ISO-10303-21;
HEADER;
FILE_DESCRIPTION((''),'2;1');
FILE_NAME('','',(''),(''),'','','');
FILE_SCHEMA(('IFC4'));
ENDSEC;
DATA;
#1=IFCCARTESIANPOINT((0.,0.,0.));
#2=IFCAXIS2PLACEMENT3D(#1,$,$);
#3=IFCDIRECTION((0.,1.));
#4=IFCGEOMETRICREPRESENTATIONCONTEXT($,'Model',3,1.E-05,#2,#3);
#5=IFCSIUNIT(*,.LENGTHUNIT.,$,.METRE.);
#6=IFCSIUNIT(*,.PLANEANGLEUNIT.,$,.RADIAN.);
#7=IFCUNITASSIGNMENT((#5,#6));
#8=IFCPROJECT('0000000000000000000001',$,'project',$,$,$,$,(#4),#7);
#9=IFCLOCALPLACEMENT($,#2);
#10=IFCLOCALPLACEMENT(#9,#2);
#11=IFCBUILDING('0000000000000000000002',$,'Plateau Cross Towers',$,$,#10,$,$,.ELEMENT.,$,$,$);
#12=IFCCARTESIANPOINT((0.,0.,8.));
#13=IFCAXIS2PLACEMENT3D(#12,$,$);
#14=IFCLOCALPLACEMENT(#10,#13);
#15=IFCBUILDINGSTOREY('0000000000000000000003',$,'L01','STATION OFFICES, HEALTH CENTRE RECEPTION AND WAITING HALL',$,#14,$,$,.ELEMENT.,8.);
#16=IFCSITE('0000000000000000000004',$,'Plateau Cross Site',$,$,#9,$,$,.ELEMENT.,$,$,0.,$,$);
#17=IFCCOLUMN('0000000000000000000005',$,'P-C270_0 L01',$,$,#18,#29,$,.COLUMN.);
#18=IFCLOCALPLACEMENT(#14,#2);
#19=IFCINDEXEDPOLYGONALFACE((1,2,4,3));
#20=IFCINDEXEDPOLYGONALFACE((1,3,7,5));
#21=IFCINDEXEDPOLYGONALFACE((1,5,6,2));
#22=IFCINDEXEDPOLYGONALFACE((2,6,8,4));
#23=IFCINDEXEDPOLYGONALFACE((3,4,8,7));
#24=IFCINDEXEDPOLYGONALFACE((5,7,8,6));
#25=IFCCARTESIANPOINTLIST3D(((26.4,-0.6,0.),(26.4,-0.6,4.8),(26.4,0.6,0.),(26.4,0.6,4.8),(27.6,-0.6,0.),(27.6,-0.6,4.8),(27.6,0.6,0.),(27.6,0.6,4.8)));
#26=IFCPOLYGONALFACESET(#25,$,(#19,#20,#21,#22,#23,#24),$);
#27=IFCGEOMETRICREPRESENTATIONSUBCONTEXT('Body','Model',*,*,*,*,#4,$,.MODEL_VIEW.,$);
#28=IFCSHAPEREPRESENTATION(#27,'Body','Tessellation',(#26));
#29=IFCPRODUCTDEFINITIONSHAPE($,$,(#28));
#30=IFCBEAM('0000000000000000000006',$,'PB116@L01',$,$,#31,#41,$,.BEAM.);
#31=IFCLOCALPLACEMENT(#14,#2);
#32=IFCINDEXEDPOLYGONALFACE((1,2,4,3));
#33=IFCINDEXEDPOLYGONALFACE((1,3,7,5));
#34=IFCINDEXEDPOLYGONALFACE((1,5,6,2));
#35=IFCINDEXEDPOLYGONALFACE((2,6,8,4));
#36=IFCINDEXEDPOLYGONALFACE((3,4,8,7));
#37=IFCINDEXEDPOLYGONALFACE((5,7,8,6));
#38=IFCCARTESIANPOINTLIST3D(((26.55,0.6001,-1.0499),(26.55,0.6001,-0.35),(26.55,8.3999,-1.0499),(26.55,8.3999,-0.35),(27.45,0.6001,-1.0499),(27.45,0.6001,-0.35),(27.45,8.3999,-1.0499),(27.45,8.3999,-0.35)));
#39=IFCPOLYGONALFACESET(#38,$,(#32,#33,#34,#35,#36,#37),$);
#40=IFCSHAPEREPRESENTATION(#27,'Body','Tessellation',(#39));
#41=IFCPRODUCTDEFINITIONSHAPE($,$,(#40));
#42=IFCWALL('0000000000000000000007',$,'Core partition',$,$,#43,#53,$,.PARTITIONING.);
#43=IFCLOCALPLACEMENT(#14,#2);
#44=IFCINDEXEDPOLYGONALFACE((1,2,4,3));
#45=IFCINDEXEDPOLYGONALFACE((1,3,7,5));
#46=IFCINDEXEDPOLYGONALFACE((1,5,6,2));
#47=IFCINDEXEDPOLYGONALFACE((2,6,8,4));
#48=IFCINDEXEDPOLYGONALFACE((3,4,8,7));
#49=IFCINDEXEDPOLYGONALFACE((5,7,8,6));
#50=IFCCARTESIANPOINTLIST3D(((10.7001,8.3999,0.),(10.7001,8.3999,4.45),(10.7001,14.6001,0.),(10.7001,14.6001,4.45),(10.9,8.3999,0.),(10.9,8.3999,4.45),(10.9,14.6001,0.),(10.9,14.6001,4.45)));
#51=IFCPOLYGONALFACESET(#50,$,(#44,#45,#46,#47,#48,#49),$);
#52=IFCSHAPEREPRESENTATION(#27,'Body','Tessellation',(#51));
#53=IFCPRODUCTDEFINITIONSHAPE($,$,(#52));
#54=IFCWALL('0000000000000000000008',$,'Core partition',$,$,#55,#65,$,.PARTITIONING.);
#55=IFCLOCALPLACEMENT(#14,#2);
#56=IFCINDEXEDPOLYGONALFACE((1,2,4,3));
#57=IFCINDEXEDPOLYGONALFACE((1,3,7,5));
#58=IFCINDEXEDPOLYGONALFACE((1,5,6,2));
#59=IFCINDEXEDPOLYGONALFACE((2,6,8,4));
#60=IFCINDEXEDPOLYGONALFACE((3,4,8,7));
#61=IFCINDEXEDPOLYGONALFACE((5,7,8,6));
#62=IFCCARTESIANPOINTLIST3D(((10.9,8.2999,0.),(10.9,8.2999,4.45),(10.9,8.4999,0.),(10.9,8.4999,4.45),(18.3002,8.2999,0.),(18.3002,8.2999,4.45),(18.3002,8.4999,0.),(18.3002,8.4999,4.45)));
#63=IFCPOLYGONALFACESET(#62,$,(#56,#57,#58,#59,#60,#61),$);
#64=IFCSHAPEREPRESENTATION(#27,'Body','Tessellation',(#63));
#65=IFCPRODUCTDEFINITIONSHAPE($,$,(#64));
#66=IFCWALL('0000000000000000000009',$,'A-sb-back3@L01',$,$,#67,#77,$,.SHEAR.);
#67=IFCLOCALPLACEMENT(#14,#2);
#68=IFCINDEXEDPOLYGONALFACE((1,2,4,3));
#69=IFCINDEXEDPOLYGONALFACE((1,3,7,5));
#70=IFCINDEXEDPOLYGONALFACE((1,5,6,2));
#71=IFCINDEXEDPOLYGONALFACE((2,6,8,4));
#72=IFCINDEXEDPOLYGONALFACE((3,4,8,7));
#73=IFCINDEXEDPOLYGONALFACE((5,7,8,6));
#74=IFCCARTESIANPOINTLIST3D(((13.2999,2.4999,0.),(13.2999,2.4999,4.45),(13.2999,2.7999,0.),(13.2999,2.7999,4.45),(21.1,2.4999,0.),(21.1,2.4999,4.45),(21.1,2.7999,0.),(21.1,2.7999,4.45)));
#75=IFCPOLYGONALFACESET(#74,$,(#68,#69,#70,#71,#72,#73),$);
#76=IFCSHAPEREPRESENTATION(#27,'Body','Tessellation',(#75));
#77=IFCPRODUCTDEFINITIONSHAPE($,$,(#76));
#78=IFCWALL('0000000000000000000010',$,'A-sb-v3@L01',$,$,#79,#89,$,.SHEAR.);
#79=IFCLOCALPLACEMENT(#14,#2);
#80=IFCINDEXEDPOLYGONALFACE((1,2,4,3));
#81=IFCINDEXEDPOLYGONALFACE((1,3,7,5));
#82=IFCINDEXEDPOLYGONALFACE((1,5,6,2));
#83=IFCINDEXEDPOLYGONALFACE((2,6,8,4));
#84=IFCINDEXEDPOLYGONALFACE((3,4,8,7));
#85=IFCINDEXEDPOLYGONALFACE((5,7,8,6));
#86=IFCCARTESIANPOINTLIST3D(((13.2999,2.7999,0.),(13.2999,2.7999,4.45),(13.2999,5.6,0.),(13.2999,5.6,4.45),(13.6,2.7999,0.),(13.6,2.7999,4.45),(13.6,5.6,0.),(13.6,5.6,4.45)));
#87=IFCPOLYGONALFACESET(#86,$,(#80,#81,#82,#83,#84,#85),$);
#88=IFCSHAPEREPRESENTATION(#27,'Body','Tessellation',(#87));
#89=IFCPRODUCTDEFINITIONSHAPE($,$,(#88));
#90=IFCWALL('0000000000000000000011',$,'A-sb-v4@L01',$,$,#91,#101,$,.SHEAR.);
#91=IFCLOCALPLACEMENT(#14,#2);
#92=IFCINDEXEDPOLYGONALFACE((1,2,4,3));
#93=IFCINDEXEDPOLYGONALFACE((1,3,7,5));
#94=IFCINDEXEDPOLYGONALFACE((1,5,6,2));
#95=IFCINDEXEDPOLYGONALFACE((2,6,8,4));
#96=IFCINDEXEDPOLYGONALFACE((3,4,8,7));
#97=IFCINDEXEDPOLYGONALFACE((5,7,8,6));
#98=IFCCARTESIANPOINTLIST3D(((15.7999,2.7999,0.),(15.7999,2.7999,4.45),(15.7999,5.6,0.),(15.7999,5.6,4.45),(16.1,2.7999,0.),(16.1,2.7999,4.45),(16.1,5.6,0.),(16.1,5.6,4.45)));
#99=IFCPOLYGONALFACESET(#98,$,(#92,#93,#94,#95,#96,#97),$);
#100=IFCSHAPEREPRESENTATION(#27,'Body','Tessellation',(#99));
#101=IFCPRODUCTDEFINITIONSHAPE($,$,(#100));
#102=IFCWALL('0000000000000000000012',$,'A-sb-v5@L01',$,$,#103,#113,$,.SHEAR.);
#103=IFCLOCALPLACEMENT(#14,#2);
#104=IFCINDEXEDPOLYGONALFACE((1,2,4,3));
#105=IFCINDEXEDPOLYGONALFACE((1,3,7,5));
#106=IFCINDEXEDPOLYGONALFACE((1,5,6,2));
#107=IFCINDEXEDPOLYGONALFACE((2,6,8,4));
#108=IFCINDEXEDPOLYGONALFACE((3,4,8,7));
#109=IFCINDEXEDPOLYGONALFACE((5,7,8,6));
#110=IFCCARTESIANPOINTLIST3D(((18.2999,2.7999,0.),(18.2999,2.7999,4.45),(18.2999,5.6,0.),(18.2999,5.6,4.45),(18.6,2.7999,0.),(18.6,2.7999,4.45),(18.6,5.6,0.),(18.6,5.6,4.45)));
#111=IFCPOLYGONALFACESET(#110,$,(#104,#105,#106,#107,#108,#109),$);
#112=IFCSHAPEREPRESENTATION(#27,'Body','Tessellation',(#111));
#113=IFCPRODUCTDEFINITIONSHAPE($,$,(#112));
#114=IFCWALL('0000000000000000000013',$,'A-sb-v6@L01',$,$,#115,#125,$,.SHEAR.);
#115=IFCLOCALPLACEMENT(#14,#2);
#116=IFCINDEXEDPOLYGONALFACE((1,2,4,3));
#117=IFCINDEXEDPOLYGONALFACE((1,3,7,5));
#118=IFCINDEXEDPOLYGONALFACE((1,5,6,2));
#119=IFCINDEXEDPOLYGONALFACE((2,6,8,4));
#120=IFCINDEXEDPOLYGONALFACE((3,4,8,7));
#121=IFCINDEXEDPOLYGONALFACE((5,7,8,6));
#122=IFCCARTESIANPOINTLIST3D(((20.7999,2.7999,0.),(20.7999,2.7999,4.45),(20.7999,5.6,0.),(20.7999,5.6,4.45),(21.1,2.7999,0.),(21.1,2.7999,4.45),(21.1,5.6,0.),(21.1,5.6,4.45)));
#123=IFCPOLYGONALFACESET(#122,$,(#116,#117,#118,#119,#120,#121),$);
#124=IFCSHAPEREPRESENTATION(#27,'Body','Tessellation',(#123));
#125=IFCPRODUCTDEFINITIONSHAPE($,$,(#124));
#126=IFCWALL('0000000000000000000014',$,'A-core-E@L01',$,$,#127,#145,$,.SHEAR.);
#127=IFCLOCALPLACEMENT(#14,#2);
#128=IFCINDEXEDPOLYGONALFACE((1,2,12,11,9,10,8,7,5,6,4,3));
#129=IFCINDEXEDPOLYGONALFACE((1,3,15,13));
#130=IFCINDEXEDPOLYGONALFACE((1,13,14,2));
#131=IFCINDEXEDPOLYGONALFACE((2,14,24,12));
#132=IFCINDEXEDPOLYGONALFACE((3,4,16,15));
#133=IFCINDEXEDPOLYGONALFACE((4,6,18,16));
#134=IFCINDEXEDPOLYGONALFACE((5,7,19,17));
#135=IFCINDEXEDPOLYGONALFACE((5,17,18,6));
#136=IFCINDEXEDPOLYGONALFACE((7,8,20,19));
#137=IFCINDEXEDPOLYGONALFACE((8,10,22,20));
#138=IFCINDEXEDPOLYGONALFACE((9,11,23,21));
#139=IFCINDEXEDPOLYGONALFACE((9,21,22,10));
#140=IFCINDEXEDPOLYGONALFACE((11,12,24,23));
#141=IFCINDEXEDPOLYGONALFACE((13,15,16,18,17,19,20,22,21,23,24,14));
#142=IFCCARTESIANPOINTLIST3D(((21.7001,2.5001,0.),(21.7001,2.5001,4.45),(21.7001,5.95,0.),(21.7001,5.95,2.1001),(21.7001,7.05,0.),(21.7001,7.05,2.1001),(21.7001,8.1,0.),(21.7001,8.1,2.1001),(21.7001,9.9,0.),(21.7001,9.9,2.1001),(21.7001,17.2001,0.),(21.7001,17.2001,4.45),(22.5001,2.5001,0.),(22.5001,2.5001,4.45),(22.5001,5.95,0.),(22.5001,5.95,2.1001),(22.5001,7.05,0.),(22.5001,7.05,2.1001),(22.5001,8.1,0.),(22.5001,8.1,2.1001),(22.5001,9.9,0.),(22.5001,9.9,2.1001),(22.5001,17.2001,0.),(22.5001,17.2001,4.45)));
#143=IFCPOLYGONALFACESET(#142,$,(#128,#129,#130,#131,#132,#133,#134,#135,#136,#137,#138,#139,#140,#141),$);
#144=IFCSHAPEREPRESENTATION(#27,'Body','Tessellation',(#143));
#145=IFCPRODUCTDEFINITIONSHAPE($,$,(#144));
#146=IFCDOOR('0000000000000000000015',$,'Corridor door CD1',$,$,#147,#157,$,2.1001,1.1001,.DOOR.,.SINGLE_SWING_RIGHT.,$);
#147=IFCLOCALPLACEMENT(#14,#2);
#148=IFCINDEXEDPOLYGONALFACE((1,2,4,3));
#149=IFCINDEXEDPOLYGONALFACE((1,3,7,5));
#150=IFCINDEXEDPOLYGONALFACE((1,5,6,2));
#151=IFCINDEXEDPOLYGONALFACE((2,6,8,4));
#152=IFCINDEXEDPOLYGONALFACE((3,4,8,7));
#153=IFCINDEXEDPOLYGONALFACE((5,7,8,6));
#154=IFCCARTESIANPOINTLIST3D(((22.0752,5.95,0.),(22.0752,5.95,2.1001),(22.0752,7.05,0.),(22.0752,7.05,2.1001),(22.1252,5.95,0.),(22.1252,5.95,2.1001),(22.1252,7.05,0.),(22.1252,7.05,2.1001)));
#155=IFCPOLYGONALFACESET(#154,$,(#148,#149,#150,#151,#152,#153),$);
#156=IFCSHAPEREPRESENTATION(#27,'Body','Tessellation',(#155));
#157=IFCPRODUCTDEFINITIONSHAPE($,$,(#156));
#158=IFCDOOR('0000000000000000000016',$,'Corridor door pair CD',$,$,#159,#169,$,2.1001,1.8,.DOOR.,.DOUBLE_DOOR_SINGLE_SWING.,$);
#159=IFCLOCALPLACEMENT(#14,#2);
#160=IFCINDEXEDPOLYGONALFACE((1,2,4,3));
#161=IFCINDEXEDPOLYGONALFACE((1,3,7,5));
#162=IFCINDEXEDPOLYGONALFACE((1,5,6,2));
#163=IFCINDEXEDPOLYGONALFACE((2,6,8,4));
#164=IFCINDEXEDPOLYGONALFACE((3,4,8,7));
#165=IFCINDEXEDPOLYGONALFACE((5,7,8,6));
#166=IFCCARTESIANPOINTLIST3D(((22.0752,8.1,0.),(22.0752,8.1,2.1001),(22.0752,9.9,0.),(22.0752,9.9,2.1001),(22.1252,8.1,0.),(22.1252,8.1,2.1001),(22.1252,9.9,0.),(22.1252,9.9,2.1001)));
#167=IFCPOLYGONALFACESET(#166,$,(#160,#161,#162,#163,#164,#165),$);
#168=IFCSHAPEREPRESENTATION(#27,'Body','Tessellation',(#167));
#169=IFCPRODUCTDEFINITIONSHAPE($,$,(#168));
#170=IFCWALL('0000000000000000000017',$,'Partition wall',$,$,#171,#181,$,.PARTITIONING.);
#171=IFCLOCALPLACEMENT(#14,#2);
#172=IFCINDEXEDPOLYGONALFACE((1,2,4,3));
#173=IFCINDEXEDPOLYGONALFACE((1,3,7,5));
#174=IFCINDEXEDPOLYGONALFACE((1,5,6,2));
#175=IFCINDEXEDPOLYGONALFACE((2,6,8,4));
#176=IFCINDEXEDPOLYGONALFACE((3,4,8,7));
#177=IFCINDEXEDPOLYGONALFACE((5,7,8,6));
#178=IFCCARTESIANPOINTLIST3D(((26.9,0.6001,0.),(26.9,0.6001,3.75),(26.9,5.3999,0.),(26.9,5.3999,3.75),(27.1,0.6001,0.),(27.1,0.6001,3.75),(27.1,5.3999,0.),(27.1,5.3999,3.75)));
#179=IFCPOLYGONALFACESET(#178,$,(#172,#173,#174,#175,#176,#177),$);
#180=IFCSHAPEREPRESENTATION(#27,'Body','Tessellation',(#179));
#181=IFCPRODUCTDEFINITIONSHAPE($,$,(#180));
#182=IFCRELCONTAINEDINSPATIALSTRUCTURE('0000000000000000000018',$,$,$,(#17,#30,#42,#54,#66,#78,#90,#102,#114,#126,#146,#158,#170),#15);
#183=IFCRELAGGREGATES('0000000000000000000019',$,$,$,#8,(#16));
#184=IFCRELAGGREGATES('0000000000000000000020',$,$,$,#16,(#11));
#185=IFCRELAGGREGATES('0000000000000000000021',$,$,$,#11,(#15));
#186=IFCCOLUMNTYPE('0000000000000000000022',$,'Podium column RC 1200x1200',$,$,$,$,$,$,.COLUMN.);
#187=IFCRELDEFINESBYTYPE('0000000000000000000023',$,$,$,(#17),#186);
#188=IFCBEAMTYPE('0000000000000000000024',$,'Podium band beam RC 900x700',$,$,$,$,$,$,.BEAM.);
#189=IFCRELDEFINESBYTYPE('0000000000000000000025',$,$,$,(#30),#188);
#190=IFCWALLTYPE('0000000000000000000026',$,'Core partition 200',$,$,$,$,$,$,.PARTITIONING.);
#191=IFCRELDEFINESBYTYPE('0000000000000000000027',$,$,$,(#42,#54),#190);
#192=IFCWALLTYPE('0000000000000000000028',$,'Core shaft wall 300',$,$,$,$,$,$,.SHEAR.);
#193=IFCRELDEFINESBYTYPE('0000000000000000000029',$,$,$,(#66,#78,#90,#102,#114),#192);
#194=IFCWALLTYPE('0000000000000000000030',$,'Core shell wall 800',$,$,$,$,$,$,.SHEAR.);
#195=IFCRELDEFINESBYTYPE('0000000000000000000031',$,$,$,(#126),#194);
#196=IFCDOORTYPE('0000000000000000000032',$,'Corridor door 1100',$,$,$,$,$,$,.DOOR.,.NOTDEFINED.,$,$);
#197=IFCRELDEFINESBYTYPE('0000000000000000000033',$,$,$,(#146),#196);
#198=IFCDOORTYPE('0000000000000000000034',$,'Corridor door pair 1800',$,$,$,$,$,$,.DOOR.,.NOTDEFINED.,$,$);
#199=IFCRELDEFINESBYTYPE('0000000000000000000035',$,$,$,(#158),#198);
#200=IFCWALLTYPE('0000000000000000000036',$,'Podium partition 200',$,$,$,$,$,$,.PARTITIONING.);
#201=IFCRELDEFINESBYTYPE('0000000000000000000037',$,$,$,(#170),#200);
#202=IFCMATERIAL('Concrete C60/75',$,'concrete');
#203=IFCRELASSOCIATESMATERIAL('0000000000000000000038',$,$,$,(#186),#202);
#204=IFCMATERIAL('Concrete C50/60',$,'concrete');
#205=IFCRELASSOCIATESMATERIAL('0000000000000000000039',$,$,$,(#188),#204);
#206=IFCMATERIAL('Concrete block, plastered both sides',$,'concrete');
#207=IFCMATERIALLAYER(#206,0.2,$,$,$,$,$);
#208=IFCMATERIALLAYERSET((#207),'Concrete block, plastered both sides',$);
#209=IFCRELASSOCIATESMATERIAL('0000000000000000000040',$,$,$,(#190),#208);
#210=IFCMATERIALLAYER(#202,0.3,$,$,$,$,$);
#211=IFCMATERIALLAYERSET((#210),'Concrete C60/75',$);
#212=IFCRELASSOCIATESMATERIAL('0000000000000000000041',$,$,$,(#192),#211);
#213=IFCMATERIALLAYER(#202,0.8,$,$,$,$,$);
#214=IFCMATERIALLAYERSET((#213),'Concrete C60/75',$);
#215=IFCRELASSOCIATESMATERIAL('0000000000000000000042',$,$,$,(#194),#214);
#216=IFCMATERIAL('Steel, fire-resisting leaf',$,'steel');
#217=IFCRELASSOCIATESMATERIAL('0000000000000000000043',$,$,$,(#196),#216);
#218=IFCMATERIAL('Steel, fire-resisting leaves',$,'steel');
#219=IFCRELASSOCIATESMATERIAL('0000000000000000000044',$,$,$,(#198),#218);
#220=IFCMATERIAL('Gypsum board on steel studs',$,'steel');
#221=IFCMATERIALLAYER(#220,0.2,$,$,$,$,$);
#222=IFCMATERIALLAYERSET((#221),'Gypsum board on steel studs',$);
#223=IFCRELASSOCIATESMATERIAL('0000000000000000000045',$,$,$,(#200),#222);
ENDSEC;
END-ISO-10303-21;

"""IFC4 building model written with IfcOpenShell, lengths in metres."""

from ifc_helpers import new_model, si_unit, direction, frame, frame_2d, origin, origin_2d, place, context, subcontext, project, spatial, rectangle, extrude, material, layer, layer_set, material_profile, profile_set, type_object, element, fill, save


model = new_model("IFC4")

# Units and contexts
model_context = context("Model", 3, precision=1e-05, world=origin(), true_north=direction((0.0, 1.0)))
body_context = subcontext(model_context, "Body", "Model", "MODEL_VIEW")
ifc_project = project(units=[si_unit("LENGTHUNIT", "METRE"), si_unit("PLANEANGLEUNIT", "RADIAN")], contexts=[model_context])

# Site, building, storey
site_placement = place(None, origin())
site = spatial("IfcSite", under=ifc_project, at=site_placement, Name="Plateau Cross Site", CompositionType="ELEMENT", RefElevation=0.0)
building_placement = place(site_placement, origin())
building = spatial("IfcBuilding", under=site, at=building_placement, Name="Plateau Cross Towers", CompositionType="ELEMENT")
storey_placement = place(building_placement, frame((0.0, 0.0, 8.0)))
storey = spatial("IfcBuildingStorey", under=building, at=storey_placement, Name="L01", Description="STATION OFFICES, HEALTH CENTRE RECEPTION AND WAITING HALL", CompositionType="ELEMENT", Elevation=8.0)

# Column
ifc_material_1 = material(Name="Concrete C60/75", Category="concrete")
ifc_material_profile_1 = material_profile(ifc_material_1, rectangle(XDim=1.2, YDim=1.2, at=origin_2d()), Name="RC 1200x1200")
ifc_profile_set_1 = profile_set([ifc_material_profile_1], Name="Concrete C60/75")
column_type = type_object("IfcColumnType", Name="Podium column RC 1200x1200", PredefinedType="COLUMN", material=ifc_profile_set_1)
column_placement = place(storey_placement, frame((27.0, 0.0, 0.0), z_axis=(0.0, 0.0, 1.0), x_axis=(1.0, 0.0, 0.0)))
element("IfcColumn", 1, at=column_placement, inside=storey, type_object=column_type, Name="P-C270_0 L01", PredefinedType="COLUMN", context=body_context, shape_type="SweptSolid", body=[
    extrude(rectangle(XDim=1.2, YDim=1.2, at=origin_2d()), origin(), (0.0, 0.0, 1.0), 4.8),
])

# Beam
ifc_material_2 = material(Name="Concrete C50/60", Category="concrete")
ifc_material_profile_2 = material_profile(ifc_material_2, rectangle(XDim=0.8999, YDim=0.7, at=origin_2d()), Name="RC 900x700")
ifc_profile_set_2 = profile_set([ifc_material_profile_2], Name="Concrete C50/60")
beam_type = type_object("IfcBeamType", Name="Podium band beam RC 900x700", PredefinedType="BEAM", material=ifc_profile_set_2)
beam_placement = place(storey_placement, frame((27.0, 0.6001, -0.7), z_axis=(0.0, 1.0, 0.0), x_axis=(-1.0, 0.0, 0.0)))
element("IfcBeam", 2, at=beam_placement, inside=storey, type_object=beam_type, Name="PB116@L01", PredefinedType="BEAM", context=body_context, shape_type="SweptSolid", body=[
    extrude(rectangle(XDim=0.8999, YDim=0.7, at=origin_2d()), origin(), (0.0, 0.0, 1.0), 7.7998),
])

# Walls
ifc_material_3 = material(Name="Concrete block, plastered both sides", Category="concrete")
ifc_layer_1 = layer(ifc_material_3, 0.2)
ifc_layer_set_1 = layer_set([ifc_layer_1], Name="Concrete block, plastered both sides")
wall_type_1 = type_object("IfcWallType", Name="Core partition 200", PredefinedType="PARTITIONING", material=ifc_layer_set_1)
wall_1_placement = place(storey_placement, frame((10.8, 8.3999, 0.0), z_axis=(0.0, 0.0, 1.0), x_axis=(0.0, 1.0, 0.0)))
element("IfcWall", 3, at=wall_1_placement, inside=storey, type_object=wall_type_1, Name="Core partition", PredefinedType="PARTITIONING", context=body_context, shape_type="SweptSolid", body=[
    extrude(rectangle(XDim=6.2002, YDim=0.2, at=frame_2d((3.1001, 0.0))), origin(), (0.0, 0.0, 1.0), 4.45),
])
wall_2_placement = place(storey_placement, frame((10.8999, 8.3999, 0.0), z_axis=(0.0, 0.0, 1.0), x_axis=(1.0, 0.0, 0.0)))
element("IfcWall", 4, at=wall_2_placement, inside=storey, type_object=wall_type_1, Name="Core partition", PredefinedType="PARTITIONING", context=body_context, shape_type="SweptSolid", body=[
    extrude(rectangle(XDim=7.4001, YDim=0.2, at=frame_2d((3.7002, 0.0))), origin(), (0.0, 0.0, 1.0), 4.45),
])
ifc_layer_2 = layer(ifc_material_1, 0.3)
ifc_layer_set_2 = layer_set([ifc_layer_2], Name="Concrete C60/75")
wall_type_2 = type_object("IfcWallType", Name="Core shaft wall 300", PredefinedType="SHEAR", material=ifc_layer_set_2)
wall_3_placement = place(storey_placement, frame((13.3, 2.6499, 0.0), z_axis=(0.0, 0.0, 1.0), x_axis=(1.0, 0.0, 0.0)))
element("IfcWall", 5, at=wall_3_placement, inside=storey, type_object=wall_type_2, Name="A-sb-back3@L01", PredefinedType="SHEAR", context=body_context, shape_type="SweptSolid", body=[
    extrude(rectangle(XDim=7.8, YDim=0.3, at=frame_2d((3.8999, 0.0))), origin(), (0.0, 0.0, 1.0), 4.45),
])
for number, where, z_axis, x_axis, name in (
    (6, (13.45, 2.8, 0.0), (0.0, 0.0, 1.0), (0.0, 1.0, 0.0), "A-sb-v3@L01"),
    (7, (15.95, 2.8, 0.0), (0.0, 0.0, 1.0), (0.0, 1.0, 0.0), "A-sb-v4@L01"),
    (8, (18.45, 2.8, 0.0), (0.0, 0.0, 1.0), (0.0, 1.0, 0.0), "A-sb-v5@L01"),
    (9, (20.95, 2.8, 0.0), (0.0, 0.0, 1.0), (0.0, 1.0, 0.0), "A-sb-v6@L01"),
):
    element("IfcWall", number, at=place(storey_placement, frame(where, z_axis=z_axis, x_axis=x_axis)), inside=storey, type_object=wall_type_2, Name=name, PredefinedType="SHEAR", context=body_context, shape_type="SweptSolid", body=[
        extrude(rectangle(XDim=2.8, YDim=0.3, at=frame_2d((1.3999, 0.0))), origin(), (0.0, 0.0, 1.0), 4.45),
    ])

# Wall, openings, doors
ifc_layer_3 = layer(ifc_material_1, 0.8)
ifc_layer_set_3 = layer_set([ifc_layer_3], Name="Concrete C60/75")
wall_type_3 = type_object("IfcWallType", Name="Core shell wall 800", PredefinedType="SHEAR", material=ifc_layer_set_3)
wall_4_placement = place(storey_placement, frame((22.1001, 2.5, 0.0), z_axis=(0.0, 0.0, 1.0), x_axis=(0.0, 1.0, 0.0)))
wall_4 = element("IfcWall", 10, at=wall_4_placement, inside=storey, type_object=wall_type_3, Name="A-core-E@L01", PredefinedType="SHEAR", context=body_context, shape_type="SweptSolid", body=[
    extrude(rectangle(XDim=14.7, YDim=0.8, at=frame_2d((7.3501, 0.0))), origin(), (0.0, 0.0, 1.0), 4.45),
])
opening_1_placement = place(wall_4_placement, frame((5.6001, 0.0, 0.0)))
opening_1 = element("IfcOpeningElement", 11, at=opening_1_placement, cuts=wall_4, PredefinedType="OPENING", context=body_context, shape_type="SweptSolid", body=[
    extrude(rectangle(XDim=1.8, YDim=2.1001, at=frame_2d((0.8999, 1.05))), frame((0.0, 0.4099, 0.0), z_axis=(0.0, -1.0, 0.0), x_axis=(1.0, 0.0, 0.0)), (0.0, 0.0, 1.0), 0.8201),
])
opening_2_placement = place(wall_4_placement, frame((3.45, 0.0, 0.0)))
opening_2 = element("IfcOpeningElement", 12, at=opening_2_placement, cuts=wall_4, PredefinedType="OPENING", context=body_context, shape_type="SweptSolid", body=[
    extrude(rectangle(XDim=1.1001, YDim=2.1001, at=frame_2d((0.55, 1.05))), frame((0.0, 0.4099, 0.0), z_axis=(0.0, -1.0, 0.0), x_axis=(1.0, 0.0, 0.0)), (0.0, 0.0, 1.0), 0.8201),
])
ifc_material_4 = material(Name="Steel, fire-resisting leaf", Category="steel")
door_type_1 = type_object("IfcDoorType", Name="Corridor door 1100", OperationType="NOTDEFINED", PredefinedType="DOOR", material=ifc_material_4)
door_1_placement = place(opening_2_placement, origin())
door_1 = element("IfcDoor", 13, at=door_1_placement, inside=storey, type_object=door_type_1, Name="Corridor door CD1", OperationType="SINGLE_SWING_RIGHT", OverallHeight=2.1001, OverallWidth=1.1001, PredefinedType="DOOR", context=body_context, shape_type="SweptSolid", body=[
    extrude(rectangle(XDim=1.1001, YDim=2.1001, at=frame_2d((0.55, 1.05))), frame((0.0, 0.0249, 0.0), z_axis=(0.0, -1.0, 0.0), x_axis=(1.0, 0.0, 0.0)), (0.0, 0.0, 1.0), 0.05),
])
fill(opening_2, door_1)
ifc_material_5 = material(Name="Steel, fire-resisting leaves", Category="steel")
door_type_2 = type_object("IfcDoorType", Name="Corridor door pair 1800", OperationType="NOTDEFINED", PredefinedType="DOOR", material=ifc_material_5)
door_2_placement = place(opening_1_placement, origin())
door_2 = element("IfcDoor", 14, at=door_2_placement, inside=storey, type_object=door_type_2, Name="Corridor door pair CD", OperationType="DOUBLE_DOOR_SINGLE_SWING", OverallHeight=2.1001, OverallWidth=1.8, PredefinedType="DOOR", context=body_context, shape_type="SweptSolid", body=[
    extrude(rectangle(XDim=1.8, YDim=2.1001, at=frame_2d((0.8999, 1.05))), frame((0.0, 0.0249, 0.0), z_axis=(0.0, -1.0, 0.0), x_axis=(1.0, 0.0, 0.0)), (0.0, 0.0, 1.0), 0.05),
])
fill(opening_1, door_2)

# Wall
ifc_material_6 = material(Name="Gypsum board on steel studs", Category="steel")
ifc_layer_4 = layer(ifc_material_6, 0.2)
ifc_layer_set_4 = layer_set([ifc_layer_4], Name="Gypsum board on steel studs")
wall_type_4 = type_object("IfcWallType", Name="Podium partition 200", PredefinedType="PARTITIONING", material=ifc_layer_set_4)
wall_5_placement = place(storey_placement, frame((27.0, 5.3999, 0.0), z_axis=(0.0, 0.0, 1.0), x_axis=(0.0, -1.0, 0.0)))
element("IfcWall", 15, at=wall_5_placement, inside=storey, type_object=wall_type_4, Name="Partition wall", PredefinedType="PARTITIONING", context=body_context, shape_type="SweptSolid", body=[
    extrude(rectangle(XDim=4.7998, YDim=0.2, at=frame_2d((2.3999, 0.0))), origin(), (0.0, 0.0, 1.0), 3.75),
])

save(model, "model.ifc")
